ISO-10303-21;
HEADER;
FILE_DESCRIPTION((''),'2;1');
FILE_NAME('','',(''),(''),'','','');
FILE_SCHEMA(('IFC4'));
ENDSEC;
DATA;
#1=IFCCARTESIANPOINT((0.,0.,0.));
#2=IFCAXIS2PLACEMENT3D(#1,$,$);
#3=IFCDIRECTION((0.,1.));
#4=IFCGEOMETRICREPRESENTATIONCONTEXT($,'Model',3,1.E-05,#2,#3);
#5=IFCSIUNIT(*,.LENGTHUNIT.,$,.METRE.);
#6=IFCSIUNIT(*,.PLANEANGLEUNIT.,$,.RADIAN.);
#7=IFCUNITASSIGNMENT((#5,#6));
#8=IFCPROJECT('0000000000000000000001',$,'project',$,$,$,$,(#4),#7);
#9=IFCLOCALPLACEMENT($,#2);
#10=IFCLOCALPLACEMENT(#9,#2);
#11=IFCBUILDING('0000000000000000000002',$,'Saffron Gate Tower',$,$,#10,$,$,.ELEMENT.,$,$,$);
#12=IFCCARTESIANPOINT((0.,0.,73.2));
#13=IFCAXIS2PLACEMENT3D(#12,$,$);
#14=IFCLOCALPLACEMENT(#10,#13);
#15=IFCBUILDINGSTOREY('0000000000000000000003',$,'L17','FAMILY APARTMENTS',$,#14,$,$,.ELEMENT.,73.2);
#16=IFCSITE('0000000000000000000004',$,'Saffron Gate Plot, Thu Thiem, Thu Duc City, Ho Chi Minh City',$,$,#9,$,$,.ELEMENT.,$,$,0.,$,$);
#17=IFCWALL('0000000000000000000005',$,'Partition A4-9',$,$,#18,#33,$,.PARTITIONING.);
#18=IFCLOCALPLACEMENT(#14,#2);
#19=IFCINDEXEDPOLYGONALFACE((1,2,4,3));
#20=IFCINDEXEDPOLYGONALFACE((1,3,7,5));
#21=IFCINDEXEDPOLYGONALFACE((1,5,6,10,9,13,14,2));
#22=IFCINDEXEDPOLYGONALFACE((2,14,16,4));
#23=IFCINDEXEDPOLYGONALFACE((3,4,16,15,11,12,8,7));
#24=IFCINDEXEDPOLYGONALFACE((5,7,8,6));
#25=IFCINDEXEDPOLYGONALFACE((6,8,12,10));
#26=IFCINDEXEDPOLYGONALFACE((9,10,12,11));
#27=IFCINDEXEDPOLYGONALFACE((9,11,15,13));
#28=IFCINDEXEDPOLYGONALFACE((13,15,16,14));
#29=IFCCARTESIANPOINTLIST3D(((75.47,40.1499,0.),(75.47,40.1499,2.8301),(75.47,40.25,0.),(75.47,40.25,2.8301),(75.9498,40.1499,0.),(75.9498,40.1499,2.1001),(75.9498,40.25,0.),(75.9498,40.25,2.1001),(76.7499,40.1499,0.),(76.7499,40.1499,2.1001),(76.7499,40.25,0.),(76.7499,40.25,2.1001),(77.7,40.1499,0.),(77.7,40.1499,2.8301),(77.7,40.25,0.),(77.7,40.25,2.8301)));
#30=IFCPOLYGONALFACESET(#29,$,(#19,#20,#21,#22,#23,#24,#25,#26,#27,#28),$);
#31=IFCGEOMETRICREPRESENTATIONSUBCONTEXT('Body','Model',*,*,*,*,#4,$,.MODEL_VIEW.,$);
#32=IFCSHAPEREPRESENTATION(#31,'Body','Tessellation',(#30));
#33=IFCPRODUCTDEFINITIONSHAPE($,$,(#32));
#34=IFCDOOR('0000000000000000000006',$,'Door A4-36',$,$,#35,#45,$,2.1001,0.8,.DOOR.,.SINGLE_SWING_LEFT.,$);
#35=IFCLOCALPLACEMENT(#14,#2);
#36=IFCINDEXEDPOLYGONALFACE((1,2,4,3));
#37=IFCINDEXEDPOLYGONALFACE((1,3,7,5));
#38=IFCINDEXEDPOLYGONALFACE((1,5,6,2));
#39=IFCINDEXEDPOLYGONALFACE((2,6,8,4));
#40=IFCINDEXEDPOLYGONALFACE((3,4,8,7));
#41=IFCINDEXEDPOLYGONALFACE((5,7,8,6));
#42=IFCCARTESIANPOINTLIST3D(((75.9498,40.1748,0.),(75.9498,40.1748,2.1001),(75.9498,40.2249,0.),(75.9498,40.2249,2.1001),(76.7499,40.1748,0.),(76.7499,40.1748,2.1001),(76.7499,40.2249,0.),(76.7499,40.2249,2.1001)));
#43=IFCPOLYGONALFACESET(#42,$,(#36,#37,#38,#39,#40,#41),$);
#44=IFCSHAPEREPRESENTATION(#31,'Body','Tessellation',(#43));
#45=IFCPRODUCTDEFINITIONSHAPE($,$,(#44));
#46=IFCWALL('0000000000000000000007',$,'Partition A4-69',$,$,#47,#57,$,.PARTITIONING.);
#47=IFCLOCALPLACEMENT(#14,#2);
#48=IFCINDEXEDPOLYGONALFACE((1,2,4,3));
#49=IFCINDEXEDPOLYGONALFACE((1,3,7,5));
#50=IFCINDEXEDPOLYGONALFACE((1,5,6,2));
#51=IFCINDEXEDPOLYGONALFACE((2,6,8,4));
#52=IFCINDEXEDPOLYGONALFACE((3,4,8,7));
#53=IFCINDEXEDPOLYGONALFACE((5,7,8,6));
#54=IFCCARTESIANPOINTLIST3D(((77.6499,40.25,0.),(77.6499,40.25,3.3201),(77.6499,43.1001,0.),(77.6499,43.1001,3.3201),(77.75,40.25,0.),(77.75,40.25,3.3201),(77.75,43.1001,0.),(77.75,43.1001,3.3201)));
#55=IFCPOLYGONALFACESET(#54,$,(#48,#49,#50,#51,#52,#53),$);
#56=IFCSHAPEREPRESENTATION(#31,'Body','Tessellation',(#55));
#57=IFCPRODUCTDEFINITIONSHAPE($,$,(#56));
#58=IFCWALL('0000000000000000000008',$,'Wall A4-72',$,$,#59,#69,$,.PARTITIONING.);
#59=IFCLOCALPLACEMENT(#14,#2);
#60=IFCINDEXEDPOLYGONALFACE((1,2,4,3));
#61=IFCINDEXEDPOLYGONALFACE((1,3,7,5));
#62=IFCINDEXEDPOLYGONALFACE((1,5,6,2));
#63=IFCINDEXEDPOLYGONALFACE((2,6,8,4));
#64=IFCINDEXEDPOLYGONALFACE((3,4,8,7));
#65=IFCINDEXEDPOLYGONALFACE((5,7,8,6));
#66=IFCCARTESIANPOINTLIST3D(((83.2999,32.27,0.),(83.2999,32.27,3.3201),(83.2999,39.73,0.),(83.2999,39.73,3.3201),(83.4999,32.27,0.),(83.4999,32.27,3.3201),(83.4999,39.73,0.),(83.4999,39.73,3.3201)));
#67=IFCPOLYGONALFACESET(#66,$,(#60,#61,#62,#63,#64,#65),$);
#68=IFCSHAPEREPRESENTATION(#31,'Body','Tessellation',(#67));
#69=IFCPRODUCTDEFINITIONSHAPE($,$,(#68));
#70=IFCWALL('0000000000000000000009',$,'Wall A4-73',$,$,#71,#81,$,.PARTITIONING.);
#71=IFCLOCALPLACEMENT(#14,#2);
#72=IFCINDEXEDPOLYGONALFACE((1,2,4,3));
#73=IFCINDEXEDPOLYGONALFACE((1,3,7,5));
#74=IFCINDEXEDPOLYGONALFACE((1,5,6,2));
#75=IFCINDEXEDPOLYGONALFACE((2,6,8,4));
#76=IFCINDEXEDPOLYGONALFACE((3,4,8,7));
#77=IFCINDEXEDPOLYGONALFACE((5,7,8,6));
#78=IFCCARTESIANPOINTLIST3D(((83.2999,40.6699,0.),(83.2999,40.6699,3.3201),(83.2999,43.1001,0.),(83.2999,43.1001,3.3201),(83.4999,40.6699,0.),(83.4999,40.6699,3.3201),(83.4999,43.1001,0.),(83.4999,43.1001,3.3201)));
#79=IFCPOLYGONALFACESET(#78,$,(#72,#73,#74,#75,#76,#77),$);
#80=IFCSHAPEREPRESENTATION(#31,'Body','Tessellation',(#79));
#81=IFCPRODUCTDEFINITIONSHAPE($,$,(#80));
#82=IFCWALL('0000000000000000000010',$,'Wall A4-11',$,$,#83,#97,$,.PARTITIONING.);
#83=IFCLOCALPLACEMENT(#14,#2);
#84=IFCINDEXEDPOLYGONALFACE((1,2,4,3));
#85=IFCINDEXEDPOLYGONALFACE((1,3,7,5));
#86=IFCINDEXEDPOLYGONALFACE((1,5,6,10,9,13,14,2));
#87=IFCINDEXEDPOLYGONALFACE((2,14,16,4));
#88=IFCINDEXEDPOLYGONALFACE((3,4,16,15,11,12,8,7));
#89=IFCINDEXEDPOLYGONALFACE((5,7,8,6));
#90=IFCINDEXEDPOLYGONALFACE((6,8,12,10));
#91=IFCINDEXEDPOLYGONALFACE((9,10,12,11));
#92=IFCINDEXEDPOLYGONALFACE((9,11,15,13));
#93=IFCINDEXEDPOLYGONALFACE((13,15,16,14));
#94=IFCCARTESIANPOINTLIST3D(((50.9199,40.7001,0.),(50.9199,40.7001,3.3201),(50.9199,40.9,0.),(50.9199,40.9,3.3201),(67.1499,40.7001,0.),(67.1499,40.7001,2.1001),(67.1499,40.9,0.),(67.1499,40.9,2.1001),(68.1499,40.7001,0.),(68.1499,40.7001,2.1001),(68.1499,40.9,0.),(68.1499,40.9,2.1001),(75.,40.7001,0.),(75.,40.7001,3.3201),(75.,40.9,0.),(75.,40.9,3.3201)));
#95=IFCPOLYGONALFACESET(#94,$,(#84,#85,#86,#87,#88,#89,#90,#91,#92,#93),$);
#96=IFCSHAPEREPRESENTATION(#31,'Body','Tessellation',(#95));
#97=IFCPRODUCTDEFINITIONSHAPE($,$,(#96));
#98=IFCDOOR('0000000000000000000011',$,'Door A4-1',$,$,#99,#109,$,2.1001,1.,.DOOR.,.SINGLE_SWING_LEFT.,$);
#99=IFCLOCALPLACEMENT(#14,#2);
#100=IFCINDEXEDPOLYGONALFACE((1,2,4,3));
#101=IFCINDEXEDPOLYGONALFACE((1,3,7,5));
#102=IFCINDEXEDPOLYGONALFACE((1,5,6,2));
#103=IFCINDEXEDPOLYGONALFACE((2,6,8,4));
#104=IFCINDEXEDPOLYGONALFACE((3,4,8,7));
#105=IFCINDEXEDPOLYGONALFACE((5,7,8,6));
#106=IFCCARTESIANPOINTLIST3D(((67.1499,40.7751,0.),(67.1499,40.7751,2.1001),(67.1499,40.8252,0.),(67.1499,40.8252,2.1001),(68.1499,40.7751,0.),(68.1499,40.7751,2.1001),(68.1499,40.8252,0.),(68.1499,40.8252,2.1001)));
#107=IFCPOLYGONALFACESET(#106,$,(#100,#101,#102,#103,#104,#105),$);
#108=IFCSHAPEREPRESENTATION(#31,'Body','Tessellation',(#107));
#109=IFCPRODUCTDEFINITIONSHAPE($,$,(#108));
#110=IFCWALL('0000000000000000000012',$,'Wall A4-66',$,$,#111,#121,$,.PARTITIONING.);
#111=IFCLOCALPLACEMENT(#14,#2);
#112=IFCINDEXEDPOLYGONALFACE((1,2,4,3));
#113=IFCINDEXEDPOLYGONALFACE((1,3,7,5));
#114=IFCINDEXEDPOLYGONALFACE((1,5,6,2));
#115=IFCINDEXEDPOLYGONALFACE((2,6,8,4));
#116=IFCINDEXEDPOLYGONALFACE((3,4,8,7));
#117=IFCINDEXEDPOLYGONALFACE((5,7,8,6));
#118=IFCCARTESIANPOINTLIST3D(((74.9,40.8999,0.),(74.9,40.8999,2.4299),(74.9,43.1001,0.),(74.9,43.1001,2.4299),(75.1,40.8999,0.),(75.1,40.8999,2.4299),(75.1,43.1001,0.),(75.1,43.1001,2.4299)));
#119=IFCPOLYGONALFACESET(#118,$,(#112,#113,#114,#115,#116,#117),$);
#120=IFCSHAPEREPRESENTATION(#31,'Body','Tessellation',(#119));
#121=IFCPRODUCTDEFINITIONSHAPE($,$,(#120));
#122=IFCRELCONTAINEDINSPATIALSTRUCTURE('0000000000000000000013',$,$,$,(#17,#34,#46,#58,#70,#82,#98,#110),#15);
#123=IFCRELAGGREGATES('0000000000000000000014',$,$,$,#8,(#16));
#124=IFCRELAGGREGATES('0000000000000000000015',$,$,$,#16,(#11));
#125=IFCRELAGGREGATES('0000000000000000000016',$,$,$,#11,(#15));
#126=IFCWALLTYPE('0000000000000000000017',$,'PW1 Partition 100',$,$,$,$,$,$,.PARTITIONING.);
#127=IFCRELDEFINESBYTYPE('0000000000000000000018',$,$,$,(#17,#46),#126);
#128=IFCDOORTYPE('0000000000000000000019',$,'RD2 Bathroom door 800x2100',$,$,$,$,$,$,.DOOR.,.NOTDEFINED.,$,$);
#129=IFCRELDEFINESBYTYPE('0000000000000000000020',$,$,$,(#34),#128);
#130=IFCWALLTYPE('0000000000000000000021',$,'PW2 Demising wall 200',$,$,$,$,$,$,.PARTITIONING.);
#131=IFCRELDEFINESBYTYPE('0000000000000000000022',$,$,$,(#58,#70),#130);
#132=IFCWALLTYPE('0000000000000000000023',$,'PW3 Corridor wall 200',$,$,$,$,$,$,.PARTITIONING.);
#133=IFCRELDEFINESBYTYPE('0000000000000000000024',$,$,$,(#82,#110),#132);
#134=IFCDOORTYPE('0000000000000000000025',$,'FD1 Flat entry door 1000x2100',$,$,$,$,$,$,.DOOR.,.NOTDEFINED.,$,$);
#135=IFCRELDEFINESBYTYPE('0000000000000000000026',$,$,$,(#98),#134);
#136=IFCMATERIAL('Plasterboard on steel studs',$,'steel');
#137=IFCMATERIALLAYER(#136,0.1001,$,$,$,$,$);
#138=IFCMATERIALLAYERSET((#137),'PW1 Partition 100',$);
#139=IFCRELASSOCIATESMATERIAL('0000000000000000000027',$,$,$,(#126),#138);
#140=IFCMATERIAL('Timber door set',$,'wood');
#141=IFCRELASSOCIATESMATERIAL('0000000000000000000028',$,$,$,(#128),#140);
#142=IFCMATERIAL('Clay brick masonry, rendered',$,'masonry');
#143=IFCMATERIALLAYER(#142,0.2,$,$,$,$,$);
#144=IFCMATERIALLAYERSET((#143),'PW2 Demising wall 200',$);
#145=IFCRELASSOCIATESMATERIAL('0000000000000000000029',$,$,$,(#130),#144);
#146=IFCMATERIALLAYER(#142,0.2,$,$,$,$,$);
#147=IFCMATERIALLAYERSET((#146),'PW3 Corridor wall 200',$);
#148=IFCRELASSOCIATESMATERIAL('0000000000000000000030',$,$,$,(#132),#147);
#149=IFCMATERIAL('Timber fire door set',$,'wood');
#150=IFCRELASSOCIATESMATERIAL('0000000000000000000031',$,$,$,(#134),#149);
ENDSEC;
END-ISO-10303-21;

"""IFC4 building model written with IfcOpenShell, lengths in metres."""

from ifc_helpers import new_model, si_unit, direction, frame, frame_2d, origin, place, context, subcontext, project, spatial, rectangle, extrude, material, layer, layer_set, type_object, element, fill, save


model = new_model("IFC4")

# Units and contexts
model_context = context("Model", 3, precision=1e-05, world=origin(), true_north=direction((0.0, 1.0)))
body_context = subcontext(model_context, "Body", "Model", "MODEL_VIEW")
ifc_project = project(units=[si_unit("LENGTHUNIT", "METRE"), si_unit("PLANEANGLEUNIT", "RADIAN")], contexts=[model_context])

# Site, building, storey
site_placement = place(None, origin())
site = spatial("IfcSite", under=ifc_project, at=site_placement, Name="Saffron Gate Plot, Thu Thiem, Thu Duc City, Ho Chi Minh City", CompositionType="ELEMENT", RefElevation=0.0)
building_placement = place(site_placement, origin())
building = spatial("IfcBuilding", under=site, at=building_placement, Name="Saffron Gate Tower", CompositionType="ELEMENT")
storey_placement = place(building_placement, frame((0.0, 0.0, 73.2)))
storey = spatial("IfcBuildingStorey", under=building, at=storey_placement, Name="L17", Description="FAMILY APARTMENTS", CompositionType="ELEMENT", Elevation=73.2)

# Wall, opening, door
ifc_material_1 = material(Name="Plasterboard on steel studs", Category="steel")
ifc_layer_1 = layer(ifc_material_1, 0.1001)
ifc_layer_set_1 = layer_set([ifc_layer_1], Name="PW1 Partition 100")
wall_type_1 = type_object("IfcWallType", Name="PW1 Partition 100", PredefinedType="PARTITIONING", material=ifc_layer_set_1)
wall_1_placement = place(storey_placement, frame((75.47, 40.2, 0.0), z_axis=(0.0, 0.0, 1.0), x_axis=(1.0, 0.0, 0.0)))
wall_1 = element("IfcWall", 1, at=wall_1_placement, inside=storey, type_object=wall_type_1, Name="Partition A4-9", PredefinedType="PARTITIONING", context=body_context, shape_type="SweptSolid", body=[
    extrude(rectangle(XDim=2.23, YDim=0.1001, at=frame_2d((1.115, 0.0))), origin(), (0.0, 0.0, 1.0), 2.8301),
])
opening_1_placement = place(wall_1_placement, frame((0.48, 0.0, 0.0)))
opening_1 = element("IfcOpeningElement", 2, at=opening_1_placement, cuts=wall_1, PredefinedType="OPENING", context=body_context, shape_type="SweptSolid", body=[
    extrude(rectangle(XDim=0.8, YDim=2.1001, at=frame_2d((0.3999, 1.05))), frame((0.0, 0.0601, 0.0), z_axis=(0.0, -1.0, 0.0), x_axis=(1.0, 0.0, 0.0)), (0.0, 0.0, 1.0), 0.1201),
])
ifc_material_2 = material(Name="Timber door set", Category="wood")
door_type_1 = type_object("IfcDoorType", Name="RD2 Bathroom door 800x2100", OperationType="NOTDEFINED", PredefinedType="DOOR", material=ifc_material_2)
door_1_placement = place(opening_1_placement, origin())
door_1 = element("IfcDoor", 3, at=door_1_placement, inside=storey, type_object=door_type_1, Name="Door A4-36", OperationType="SINGLE_SWING_LEFT", OverallHeight=2.1001, OverallWidth=0.8, PredefinedType="DOOR", context=body_context, shape_type="SweptSolid", body=[
    extrude(rectangle(XDim=0.8, YDim=2.1001, at=frame_2d((0.3999, 1.05))), frame((0.0, 0.0249, 0.0), z_axis=(0.0, -1.0, 0.0), x_axis=(1.0, 0.0, 0.0)), (0.0, 0.0, 1.0), 0.05),
])
fill(opening_1, door_1)

# Walls
wall_2_placement = place(storey_placement, frame((77.7, 43.1001, 0.0), z_axis=(0.0, 0.0, 1.0), x_axis=(0.0, -1.0, 0.0)))
element("IfcWall", 4, at=wall_2_placement, inside=storey, type_object=wall_type_1, Name="Partition A4-69", PredefinedType="PARTITIONING", context=body_context, shape_type="SweptSolid", body=[
    extrude(rectangle(XDim=2.8501, YDim=0.1001, at=frame_2d((1.425, 0.0))), origin(), (0.0, 0.0, 1.0), 3.3201),
])
ifc_material_3 = material(Name="Clay brick masonry, rendered", Category="masonry")
ifc_layer_2 = layer(ifc_material_3, 0.2)
ifc_layer_set_2 = layer_set([ifc_layer_2], Name="PW2 Demising wall 200")
wall_type_2 = type_object("IfcWallType", Name="PW2 Demising wall 200", PredefinedType="PARTITIONING", material=ifc_layer_set_2)
wall_3_placement = place(storey_placement, frame((83.3999, 39.73, 0.0), z_axis=(0.0, 0.0, 1.0), x_axis=(0.0, -1.0, 0.0)))
element("IfcWall", 5, at=wall_3_placement, inside=storey, type_object=wall_type_2, Name="Wall A4-72", PredefinedType="PARTITIONING", context=body_context, shape_type="SweptSolid", body=[
    extrude(rectangle(XDim=7.46, YDim=0.2, at=frame_2d((3.73, 0.0))), origin(), (0.0, 0.0, 1.0), 3.3201),
])
wall_4_placement = place(storey_placement, frame((83.3999, 43.1001, 0.0), z_axis=(0.0, 0.0, 1.0), x_axis=(0.0, -1.0, 0.0)))
element("IfcWall", 6, at=wall_4_placement, inside=storey, type_object=wall_type_2, Name="Wall A4-73", PredefinedType="PARTITIONING", context=body_context, shape_type="SweptSolid", body=[
    extrude(rectangle(XDim=2.4302, YDim=0.2, at=frame_2d((1.2151, 0.0))), origin(), (0.0, 0.0, 1.0), 3.3201),
])

# Wall, opening, door
ifc_layer_3 = layer(ifc_material_3, 0.2)
ifc_layer_set_3 = layer_set([ifc_layer_3], Name="PW3 Corridor wall 200")
wall_type_3 = type_object("IfcWallType", Name="PW3 Corridor wall 200", PredefinedType="PARTITIONING", material=ifc_layer_set_3)
wall_5_placement = place(storey_placement, frame((75.0, 40.8, 0.0), z_axis=(0.0, 0.0, 1.0), x_axis=(-1.0, 0.0, 0.0)))
wall_5 = element("IfcWall", 7, at=wall_5_placement, inside=storey, type_object=wall_type_3, Name="Wall A4-11", PredefinedType="PARTITIONING", context=body_context, shape_type="SweptSolid", body=[
    extrude(rectangle(XDim=24.0801, YDim=0.2, at=frame_2d((12.04, 0.0))), origin(), (0.0, 0.0, 1.0), 3.3201),
])
opening_2_placement = place(wall_5_placement, frame((6.8501, 0.0, 0.0)))
opening_2 = element("IfcOpeningElement", 8, at=opening_2_placement, cuts=wall_5, PredefinedType="OPENING", context=body_context, shape_type="SweptSolid", body=[
    extrude(rectangle(XDim=1.0, YDim=2.1001, at=frame_2d((0.5, 1.05))), frame((0.0, 0.1099, 0.0), z_axis=(0.0, -1.0, 0.0), x_axis=(1.0, 0.0, 0.0)), (0.0, 0.0, 1.0), 0.22),
])
ifc_material_4 = material(Name="Timber fire door set", Category="wood")
door_type_2 = type_object("IfcDoorType", Name="FD1 Flat entry door 1000x2100", OperationType="NOTDEFINED", PredefinedType="DOOR", material=ifc_material_4)
door_2_placement = place(opening_2_placement, origin())
door_2 = element("IfcDoor", 9, at=door_2_placement, inside=storey, type_object=door_type_2, Name="Door A4-1", OperationType="SINGLE_SWING_LEFT", OverallHeight=2.1001, OverallWidth=1.0, PredefinedType="DOOR", context=body_context, shape_type="SweptSolid", body=[
    extrude(rectangle(XDim=1.0, YDim=2.1001, at=frame_2d((0.5, 1.05))), frame((0.0, 0.0249, 0.0), z_axis=(0.0, -1.0, 0.0), x_axis=(1.0, 0.0, 0.0)), (0.0, 0.0, 1.0), 0.05),
])
fill(opening_2, door_2)

# Wall
wall_6_placement = place(storey_placement, frame((75.0, 43.1001, 0.0), z_axis=(0.0, 0.0, 1.0), x_axis=(0.0, -1.0, 0.0)))
element("IfcWall", 10, at=wall_6_placement, inside=storey, type_object=wall_type_3, Name="Wall A4-66", PredefinedType="PARTITIONING", context=body_context, shape_type="SweptSolid", body=[
    extrude(rectangle(XDim=2.2002, YDim=0.2, at=frame_2d((1.1001, 0.0))), origin(), (0.0, 0.0, 1.0), 2.4299),
])

save(model, "model.ifc")
